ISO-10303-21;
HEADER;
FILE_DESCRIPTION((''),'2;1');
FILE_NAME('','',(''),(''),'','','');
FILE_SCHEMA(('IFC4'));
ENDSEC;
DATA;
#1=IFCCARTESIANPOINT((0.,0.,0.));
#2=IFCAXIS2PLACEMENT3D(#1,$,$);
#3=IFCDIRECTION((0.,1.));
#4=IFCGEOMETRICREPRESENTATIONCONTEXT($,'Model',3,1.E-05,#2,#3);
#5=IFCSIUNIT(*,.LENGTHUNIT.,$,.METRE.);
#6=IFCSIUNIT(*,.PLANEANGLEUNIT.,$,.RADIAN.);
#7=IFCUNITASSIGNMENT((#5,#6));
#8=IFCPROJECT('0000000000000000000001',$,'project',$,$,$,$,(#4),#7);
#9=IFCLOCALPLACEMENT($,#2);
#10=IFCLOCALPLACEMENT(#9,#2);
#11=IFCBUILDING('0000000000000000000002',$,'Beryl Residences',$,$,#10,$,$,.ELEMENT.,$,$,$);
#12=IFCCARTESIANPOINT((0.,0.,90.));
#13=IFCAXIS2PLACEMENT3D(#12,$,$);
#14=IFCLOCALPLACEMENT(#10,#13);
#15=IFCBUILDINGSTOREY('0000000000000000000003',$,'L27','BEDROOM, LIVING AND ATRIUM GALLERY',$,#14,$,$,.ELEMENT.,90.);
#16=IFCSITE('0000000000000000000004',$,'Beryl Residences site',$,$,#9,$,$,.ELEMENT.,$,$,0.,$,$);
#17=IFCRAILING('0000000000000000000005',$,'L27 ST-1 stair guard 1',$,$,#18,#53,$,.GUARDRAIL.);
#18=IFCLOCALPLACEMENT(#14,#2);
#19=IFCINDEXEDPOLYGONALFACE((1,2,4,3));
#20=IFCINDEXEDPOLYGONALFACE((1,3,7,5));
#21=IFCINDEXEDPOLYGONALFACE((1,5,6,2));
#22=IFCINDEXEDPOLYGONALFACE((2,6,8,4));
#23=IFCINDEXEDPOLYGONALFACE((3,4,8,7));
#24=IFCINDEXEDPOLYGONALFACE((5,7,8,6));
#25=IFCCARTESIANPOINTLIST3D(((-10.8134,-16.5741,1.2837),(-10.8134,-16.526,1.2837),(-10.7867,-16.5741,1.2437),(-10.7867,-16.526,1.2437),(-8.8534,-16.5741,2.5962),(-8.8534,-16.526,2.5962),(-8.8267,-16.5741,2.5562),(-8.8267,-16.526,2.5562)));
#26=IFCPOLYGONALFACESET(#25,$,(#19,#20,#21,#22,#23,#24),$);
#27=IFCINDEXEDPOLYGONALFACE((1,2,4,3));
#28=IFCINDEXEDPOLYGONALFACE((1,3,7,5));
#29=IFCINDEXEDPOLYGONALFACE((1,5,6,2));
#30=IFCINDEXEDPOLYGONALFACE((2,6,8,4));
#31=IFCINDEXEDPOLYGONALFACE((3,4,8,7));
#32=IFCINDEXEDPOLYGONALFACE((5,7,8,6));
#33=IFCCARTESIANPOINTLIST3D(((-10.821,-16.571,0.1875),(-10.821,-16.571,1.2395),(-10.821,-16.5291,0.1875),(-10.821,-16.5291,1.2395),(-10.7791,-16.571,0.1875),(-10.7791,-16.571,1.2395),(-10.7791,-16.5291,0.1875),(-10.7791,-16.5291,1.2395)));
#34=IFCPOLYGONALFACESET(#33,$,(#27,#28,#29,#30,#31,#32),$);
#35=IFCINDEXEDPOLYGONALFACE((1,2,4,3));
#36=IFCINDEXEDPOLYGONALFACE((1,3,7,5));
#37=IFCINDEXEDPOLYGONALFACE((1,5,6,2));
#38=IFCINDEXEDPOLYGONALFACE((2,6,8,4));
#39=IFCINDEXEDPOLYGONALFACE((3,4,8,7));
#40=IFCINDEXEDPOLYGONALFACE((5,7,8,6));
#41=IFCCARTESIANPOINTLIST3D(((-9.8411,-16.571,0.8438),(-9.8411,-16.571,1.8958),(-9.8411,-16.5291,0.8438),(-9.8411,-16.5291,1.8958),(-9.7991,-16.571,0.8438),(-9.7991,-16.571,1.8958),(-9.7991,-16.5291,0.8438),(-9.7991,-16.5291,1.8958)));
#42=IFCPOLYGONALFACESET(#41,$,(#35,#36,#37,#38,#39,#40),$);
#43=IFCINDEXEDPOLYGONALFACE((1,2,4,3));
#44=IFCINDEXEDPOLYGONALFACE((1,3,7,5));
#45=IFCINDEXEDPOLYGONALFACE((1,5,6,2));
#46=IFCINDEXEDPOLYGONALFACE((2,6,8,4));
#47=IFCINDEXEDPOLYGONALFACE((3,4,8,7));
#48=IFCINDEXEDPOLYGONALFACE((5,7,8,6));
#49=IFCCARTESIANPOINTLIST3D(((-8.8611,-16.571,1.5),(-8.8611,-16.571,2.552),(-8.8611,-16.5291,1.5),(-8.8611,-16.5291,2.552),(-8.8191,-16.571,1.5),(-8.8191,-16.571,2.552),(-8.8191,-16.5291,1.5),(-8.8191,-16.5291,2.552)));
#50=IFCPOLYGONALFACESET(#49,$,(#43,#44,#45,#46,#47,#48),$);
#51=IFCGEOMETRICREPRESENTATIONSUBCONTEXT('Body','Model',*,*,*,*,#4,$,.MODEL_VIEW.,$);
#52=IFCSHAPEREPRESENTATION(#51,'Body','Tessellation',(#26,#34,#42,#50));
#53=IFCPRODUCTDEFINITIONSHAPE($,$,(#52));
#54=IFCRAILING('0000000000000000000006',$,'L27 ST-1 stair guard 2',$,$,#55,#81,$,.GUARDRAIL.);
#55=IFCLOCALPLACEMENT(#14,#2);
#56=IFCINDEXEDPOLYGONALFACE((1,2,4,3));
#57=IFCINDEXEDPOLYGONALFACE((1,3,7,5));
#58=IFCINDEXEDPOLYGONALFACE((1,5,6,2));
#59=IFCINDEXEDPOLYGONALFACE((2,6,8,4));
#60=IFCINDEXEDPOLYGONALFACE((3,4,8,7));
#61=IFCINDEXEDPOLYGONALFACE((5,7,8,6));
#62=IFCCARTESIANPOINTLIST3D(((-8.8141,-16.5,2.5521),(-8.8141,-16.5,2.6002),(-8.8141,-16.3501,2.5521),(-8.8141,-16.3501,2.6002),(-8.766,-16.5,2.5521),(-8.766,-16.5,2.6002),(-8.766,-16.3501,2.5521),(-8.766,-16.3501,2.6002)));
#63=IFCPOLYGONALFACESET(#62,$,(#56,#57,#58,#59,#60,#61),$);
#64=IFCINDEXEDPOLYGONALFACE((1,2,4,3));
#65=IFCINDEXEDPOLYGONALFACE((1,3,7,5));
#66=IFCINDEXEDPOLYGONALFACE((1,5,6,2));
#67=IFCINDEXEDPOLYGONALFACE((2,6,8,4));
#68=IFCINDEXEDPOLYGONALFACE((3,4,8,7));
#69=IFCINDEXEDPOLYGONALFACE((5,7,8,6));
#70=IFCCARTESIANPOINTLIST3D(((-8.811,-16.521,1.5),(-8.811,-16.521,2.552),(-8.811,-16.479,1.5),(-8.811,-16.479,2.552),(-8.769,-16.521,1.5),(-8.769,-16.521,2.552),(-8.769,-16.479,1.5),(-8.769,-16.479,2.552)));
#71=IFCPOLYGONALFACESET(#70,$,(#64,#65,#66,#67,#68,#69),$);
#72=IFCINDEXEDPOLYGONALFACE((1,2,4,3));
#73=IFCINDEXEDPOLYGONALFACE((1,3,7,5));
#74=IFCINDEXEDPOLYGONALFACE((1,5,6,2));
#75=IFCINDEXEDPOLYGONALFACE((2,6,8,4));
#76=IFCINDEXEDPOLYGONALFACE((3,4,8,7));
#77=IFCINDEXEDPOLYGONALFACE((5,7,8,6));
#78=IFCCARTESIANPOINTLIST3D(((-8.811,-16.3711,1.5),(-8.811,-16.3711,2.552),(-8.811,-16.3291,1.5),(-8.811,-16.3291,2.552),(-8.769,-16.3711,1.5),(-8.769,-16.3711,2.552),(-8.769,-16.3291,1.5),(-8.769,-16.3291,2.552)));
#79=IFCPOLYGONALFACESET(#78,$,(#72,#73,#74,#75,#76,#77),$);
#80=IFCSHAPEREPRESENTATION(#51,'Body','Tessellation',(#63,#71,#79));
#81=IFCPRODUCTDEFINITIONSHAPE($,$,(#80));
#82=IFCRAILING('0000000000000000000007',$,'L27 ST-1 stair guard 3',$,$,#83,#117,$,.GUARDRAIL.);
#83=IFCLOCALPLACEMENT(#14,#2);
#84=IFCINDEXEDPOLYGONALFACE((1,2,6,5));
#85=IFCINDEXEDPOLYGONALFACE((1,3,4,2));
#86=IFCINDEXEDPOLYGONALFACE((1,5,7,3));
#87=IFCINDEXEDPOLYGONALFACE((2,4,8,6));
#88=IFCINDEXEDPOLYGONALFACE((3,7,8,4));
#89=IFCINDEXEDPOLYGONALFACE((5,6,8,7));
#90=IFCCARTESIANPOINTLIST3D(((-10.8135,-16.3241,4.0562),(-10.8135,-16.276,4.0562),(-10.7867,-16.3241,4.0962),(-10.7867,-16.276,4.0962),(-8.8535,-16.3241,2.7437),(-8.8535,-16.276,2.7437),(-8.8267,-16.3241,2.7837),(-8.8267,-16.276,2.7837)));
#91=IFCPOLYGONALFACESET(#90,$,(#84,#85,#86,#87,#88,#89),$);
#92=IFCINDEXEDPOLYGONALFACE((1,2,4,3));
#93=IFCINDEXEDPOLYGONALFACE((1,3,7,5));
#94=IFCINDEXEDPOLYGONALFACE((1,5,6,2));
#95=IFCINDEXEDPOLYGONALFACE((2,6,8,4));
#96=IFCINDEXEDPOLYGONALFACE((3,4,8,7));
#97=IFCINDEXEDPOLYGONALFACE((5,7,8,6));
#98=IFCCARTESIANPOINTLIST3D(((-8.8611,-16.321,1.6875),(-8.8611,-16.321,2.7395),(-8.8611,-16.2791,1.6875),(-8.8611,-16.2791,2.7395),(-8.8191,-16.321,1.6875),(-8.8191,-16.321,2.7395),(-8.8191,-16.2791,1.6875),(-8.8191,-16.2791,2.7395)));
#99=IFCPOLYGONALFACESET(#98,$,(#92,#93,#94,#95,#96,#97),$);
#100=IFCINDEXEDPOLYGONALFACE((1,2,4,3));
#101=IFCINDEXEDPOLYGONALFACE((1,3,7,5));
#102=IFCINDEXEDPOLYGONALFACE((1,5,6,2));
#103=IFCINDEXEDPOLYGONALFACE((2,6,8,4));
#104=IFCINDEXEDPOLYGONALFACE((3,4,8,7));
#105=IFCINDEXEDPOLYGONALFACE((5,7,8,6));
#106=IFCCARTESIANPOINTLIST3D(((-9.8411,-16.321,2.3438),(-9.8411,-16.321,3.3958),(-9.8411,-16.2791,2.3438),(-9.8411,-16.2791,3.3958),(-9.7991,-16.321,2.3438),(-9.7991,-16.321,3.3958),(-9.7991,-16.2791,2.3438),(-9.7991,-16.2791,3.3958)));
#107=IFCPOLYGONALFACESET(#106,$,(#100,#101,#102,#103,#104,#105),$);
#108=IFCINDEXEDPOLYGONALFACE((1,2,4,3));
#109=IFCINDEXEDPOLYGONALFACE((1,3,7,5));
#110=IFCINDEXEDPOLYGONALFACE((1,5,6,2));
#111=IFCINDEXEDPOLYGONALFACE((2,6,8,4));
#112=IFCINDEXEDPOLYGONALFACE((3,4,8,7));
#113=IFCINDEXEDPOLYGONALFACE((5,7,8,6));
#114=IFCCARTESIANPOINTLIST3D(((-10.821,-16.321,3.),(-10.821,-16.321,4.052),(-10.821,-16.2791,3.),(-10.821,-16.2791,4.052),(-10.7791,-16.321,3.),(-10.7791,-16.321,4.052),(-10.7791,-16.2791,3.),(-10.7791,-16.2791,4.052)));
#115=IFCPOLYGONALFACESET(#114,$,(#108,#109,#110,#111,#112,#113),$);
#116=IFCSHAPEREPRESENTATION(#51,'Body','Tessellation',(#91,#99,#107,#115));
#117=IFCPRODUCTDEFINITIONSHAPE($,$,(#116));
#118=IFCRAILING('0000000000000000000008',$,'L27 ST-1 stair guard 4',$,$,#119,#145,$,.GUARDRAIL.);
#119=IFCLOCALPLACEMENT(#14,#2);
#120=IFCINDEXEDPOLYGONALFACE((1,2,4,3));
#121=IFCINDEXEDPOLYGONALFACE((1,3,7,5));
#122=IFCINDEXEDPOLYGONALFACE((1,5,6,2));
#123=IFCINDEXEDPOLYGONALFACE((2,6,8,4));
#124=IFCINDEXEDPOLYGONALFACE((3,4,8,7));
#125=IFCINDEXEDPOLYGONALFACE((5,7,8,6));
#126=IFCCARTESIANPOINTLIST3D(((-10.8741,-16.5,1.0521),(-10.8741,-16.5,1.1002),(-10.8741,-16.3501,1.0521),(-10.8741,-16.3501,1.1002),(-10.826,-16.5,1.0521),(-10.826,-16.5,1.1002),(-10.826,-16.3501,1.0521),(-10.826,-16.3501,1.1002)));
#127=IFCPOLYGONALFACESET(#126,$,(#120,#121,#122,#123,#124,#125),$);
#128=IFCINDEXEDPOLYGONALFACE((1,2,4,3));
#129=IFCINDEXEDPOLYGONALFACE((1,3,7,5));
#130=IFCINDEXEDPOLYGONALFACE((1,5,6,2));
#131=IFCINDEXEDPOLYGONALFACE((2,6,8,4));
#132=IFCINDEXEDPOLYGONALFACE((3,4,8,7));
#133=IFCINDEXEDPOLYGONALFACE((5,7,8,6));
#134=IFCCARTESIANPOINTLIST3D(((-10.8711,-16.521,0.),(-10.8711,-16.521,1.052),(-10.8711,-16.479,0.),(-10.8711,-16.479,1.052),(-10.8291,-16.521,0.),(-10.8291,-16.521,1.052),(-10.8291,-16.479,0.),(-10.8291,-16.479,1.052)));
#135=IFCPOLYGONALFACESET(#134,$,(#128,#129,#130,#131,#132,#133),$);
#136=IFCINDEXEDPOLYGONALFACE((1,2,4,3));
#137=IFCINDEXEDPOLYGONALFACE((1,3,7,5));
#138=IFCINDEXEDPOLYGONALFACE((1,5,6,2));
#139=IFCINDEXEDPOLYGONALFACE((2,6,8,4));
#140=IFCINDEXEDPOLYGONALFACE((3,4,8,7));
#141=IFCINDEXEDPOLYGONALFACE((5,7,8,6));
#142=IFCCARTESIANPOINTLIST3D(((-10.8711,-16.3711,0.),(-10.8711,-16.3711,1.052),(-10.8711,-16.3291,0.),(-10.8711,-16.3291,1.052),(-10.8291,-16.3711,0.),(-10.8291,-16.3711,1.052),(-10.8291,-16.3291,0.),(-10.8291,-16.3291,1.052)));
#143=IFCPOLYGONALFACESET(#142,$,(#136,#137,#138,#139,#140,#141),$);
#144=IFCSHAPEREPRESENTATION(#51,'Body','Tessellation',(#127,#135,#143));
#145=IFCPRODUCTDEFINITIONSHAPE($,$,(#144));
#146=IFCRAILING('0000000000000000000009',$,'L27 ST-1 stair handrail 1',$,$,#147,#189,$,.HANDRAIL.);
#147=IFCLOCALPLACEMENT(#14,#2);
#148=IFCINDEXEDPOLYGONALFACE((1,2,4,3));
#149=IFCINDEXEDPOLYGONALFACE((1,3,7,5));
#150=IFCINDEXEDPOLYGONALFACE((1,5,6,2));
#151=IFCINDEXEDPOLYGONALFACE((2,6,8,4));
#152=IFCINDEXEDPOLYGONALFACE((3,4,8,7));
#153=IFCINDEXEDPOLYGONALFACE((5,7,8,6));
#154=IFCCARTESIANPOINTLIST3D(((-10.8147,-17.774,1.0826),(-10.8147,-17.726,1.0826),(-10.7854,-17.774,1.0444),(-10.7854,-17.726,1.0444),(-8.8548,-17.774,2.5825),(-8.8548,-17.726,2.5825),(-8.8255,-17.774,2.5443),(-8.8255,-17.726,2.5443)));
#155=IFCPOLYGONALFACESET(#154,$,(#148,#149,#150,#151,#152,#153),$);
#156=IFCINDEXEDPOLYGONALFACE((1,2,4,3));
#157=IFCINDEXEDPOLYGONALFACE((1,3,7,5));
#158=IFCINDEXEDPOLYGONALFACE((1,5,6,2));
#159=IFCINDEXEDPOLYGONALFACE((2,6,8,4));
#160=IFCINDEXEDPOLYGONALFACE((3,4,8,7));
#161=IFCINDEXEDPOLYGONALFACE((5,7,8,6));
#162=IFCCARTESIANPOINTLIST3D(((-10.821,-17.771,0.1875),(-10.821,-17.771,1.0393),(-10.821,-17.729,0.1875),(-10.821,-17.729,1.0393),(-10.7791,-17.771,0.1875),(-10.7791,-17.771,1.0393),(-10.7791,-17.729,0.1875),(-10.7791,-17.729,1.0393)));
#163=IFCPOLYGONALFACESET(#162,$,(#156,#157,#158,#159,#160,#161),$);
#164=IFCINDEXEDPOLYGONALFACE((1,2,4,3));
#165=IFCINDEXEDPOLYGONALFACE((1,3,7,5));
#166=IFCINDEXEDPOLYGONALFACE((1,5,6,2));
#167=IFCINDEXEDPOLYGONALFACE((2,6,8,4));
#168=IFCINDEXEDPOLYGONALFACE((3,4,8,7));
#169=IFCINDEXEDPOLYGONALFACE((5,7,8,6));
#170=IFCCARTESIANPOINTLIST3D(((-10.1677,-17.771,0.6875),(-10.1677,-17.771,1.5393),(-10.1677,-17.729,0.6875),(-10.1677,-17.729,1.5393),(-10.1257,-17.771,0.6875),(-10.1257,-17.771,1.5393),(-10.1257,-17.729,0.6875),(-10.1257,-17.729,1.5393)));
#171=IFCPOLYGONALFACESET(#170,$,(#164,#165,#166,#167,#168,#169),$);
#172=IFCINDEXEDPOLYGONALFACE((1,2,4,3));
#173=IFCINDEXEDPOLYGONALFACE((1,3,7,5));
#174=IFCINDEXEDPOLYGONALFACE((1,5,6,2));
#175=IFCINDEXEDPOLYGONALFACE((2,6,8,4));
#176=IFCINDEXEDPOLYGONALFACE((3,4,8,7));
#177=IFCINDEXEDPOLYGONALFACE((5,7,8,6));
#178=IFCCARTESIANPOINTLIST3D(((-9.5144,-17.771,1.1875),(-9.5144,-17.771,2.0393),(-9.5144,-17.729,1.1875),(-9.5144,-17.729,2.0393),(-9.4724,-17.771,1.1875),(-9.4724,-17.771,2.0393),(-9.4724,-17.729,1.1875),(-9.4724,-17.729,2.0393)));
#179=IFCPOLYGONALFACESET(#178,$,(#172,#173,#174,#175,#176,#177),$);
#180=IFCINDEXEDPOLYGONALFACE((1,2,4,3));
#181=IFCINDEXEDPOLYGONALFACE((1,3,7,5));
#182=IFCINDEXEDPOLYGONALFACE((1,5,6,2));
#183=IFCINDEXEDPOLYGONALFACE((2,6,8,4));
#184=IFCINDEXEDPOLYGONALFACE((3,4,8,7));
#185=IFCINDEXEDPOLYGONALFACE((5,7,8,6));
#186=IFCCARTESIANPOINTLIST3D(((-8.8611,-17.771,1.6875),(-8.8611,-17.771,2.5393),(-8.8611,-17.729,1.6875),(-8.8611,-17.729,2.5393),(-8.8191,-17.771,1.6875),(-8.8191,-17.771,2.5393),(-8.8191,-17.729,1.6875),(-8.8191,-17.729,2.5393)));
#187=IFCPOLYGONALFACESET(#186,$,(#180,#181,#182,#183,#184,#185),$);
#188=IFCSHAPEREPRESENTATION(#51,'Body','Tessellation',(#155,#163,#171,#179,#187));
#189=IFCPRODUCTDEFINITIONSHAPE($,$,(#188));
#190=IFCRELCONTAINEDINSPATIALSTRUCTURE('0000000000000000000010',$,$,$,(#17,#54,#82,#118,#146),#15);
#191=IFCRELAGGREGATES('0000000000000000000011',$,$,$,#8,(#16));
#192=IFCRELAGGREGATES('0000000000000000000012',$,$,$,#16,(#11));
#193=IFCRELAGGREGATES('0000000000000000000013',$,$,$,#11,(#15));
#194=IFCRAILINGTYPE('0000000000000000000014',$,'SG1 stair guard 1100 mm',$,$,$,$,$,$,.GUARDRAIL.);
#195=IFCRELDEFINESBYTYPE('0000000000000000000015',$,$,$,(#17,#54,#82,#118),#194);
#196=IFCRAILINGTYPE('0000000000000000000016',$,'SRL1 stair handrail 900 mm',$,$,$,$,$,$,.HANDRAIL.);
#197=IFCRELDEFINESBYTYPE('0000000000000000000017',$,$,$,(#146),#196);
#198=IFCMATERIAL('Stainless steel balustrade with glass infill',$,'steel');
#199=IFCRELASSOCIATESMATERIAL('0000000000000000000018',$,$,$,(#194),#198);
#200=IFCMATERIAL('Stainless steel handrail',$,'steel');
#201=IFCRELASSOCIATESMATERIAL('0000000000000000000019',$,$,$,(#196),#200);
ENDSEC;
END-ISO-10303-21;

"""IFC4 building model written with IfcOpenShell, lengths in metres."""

from ifc_helpers import new_model, si_unit, direction, frame, origin, origin_2d, place, context, subcontext, project, spatial, rectangle, extrude, material, type_object, element, save


model = new_model("IFC4")

# Units and contexts
model_context = context("Model", 3, precision=1e-05, world=origin(), true_north=direction((0.0, 1.0)))
body_context = subcontext(model_context, "Body", "Model", "MODEL_VIEW")
ifc_project = project(units=[si_unit("LENGTHUNIT", "METRE"), si_unit("PLANEANGLEUNIT", "RADIAN")], contexts=[model_context])

# Site, building, storey
site_placement = place(None, origin())
site = spatial("IfcSite", under=ifc_project, at=site_placement, Name="Beryl Residences site", CompositionType="ELEMENT", RefElevation=0.0)
building_placement = place(site_placement, origin())
building = spatial("IfcBuilding", under=site, at=building_placement, Name="Beryl Residences", CompositionType="ELEMENT")
storey_placement = place(building_placement, frame((0.0, 0.0, 90.0)))
storey = spatial("IfcBuildingStorey", under=building, at=storey_placement, Name="L27", Description="BEDROOM, LIVING AND ATRIUM GALLERY", CompositionType="ELEMENT", Elevation=90.0)

# Railings
ifc_material_1 = material(Name="Stainless steel balustrade with glass infill", Category="steel")
railing_type_1 = type_object("IfcRailingType", Name="SG1 stair guard 1100 mm", PredefinedType="GUARDRAIL", material=ifc_material_1)
railing_1_placement = place(storey_placement, frame((-10.8, -16.55, 0.1875)))
element("IfcRailing", 1, at=railing_1_placement, inside=storey, type_object=railing_type_1, Name="L27 ST-1 stair guard 1", PredefinedType="GUARDRAIL", context=body_context, shape_type="SweptSolid", body=[
    extrude(rectangle(XDim=0.0481, YDim=0.0481, at=origin_2d()), frame((0.0, 0.0, 1.0762), z_axis=(0.830902, 0.0, 0.556419), x_axis=(0.0, 1.0, 0.0)), (0.0, 0.0, 1.0), 2.3589),
    extrude(rectangle(XDim=0.042, YDim=0.042, at=origin_2d()), origin(), (0.0, 0.0, 1.0), 1.052),
    extrude(rectangle(XDim=0.042, YDim=0.042, at=origin_2d()), frame((0.98, 0.0, 0.6562)), (0.0, 0.0, 1.0), 1.052),
    extrude(rectangle(XDim=0.042, YDim=0.042, at=origin_2d()), frame((1.96, 0.0, 1.3125)), (0.0, 0.0, 1.0), 1.052),
])
railing_2_placement = place(storey_placement, frame((-8.79, -16.5, 1.5)))
element("IfcRailing", 2, at=railing_2_placement, inside=storey, type_object=railing_type_1, Name="L27 ST-1 stair guard 2", PredefinedType="GUARDRAIL", context=body_context, shape_type="SweptSolid", body=[
    extrude(rectangle(XDim=0.0481, YDim=0.0481, at=origin_2d()), frame((0.0, 0.0, 1.0762), z_axis=(0.0, 1.0, 0.0), x_axis=(-1.0, 0.0, 0.0)), (0.0, 0.0, 1.0), 0.1499),
    extrude(rectangle(XDim=0.042, YDim=0.042, at=origin_2d()), origin(), (0.0, 0.0, 1.0), 1.052),
    extrude(rectangle(XDim=0.042, YDim=0.042, at=origin_2d()), frame((0.0, 0.1499, 0.0)), (0.0, 0.0, 1.0), 1.052),
])
railing_3_placement = place(storey_placement, frame((-8.8401, -16.3, 1.6875)))
element("IfcRailing", 3, at=railing_3_placement, inside=storey, type_object=railing_type_1, Name="L27 ST-1 stair guard 3", PredefinedType="GUARDRAIL", context=body_context, shape_type="SweptSolid", body=[
    extrude(rectangle(XDim=0.0481, YDim=0.0481, at=origin_2d()), frame((0.0, 0.0, 1.0762), z_axis=(-0.830902, 0.0, 0.556419), x_axis=(0.0, -1.0, 0.0)), (0.0, 0.0, 1.0), 2.3589),
    extrude(rectangle(XDim=0.042, YDim=0.042, at=origin_2d()), origin(), (0.0, 0.0, 1.0), 1.052),
    extrude(rectangle(XDim=0.042, YDim=0.042, at=origin_2d()), frame((-0.98, 0.0, 0.6562)), (0.0, 0.0, 1.0), 1.052),
    extrude(rectangle(XDim=0.042, YDim=0.042, at=origin_2d()), frame((-1.96, 0.0, 1.3125)), (0.0, 0.0, 1.0), 1.052),
])
railing_4_placement = place(storey_placement, frame((-10.8501, -16.5, 0.0)))
element("IfcRailing", 4, at=railing_4_placement, inside=storey, type_object=railing_type_1, Name="L27 ST-1 stair guard 4", PredefinedType="GUARDRAIL", context=body_context, shape_type="SweptSolid", body=[
    extrude(rectangle(XDim=0.0481, YDim=0.0481, at=origin_2d()), frame((0.0, 0.0, 1.0762), z_axis=(0.0, 1.0, 0.0), x_axis=(-1.0, 0.0, 0.0)), (0.0, 0.0, 1.0), 0.1499),
    extrude(rectangle(XDim=0.042, YDim=0.042, at=origin_2d()), origin(), (0.0, 0.0, 1.0), 1.052),
    extrude(rectangle(XDim=0.042, YDim=0.042, at=origin_2d()), frame((0.0, 0.1499, 0.0)), (0.0, 0.0, 1.0), 1.052),
])
ifc_material_2 = material(Name="Stainless steel handrail", Category="steel")
railing_type_2 = type_object("IfcRailingType", Name="SRL1 stair handrail 900 mm", PredefinedType="HANDRAIL", material=ifc_material_2)
railing_5_placement = place(storey_placement, frame((-10.8, -17.75, 0.1875)))
element("IfcRailing", 5, at=railing_5_placement, inside=storey, type_object=railing_type_2, Name="L27 ST-1 stair handrail 1", PredefinedType="HANDRAIL", context=body_context, shape_type="SweptSolid", body=[
    extrude(rectangle(XDim=0.0481, YDim=0.0481, at=origin_2d()), frame((0.0, 0.0, 0.876), z_axis=(0.794122, 0.0, 0.607758), x_axis=(0.0, 1.0, 0.0)), (0.0, 0.0, 1.0), 2.468),
    extrude(rectangle(XDim=0.042, YDim=0.042, at=origin_2d()), origin(), (0.0, 0.0, 1.0), 0.8518),
    extrude(rectangle(XDim=0.042, YDim=0.042, at=origin_2d()), frame((0.6533, 0.0, 0.5)), (0.0, 0.0, 1.0), 0.8518),
    extrude(rectangle(XDim=0.042, YDim=0.042, at=origin_2d()), frame((1.3066, 0.0, 1.0)), (0.0, 0.0, 1.0), 0.8518),
    extrude(rectangle(XDim=0.042, YDim=0.042, at=origin_2d()), frame((1.96, 0.0, 1.5)), (0.0, 0.0, 1.0), 0.8518),
])

save(model, "model.ifc")
